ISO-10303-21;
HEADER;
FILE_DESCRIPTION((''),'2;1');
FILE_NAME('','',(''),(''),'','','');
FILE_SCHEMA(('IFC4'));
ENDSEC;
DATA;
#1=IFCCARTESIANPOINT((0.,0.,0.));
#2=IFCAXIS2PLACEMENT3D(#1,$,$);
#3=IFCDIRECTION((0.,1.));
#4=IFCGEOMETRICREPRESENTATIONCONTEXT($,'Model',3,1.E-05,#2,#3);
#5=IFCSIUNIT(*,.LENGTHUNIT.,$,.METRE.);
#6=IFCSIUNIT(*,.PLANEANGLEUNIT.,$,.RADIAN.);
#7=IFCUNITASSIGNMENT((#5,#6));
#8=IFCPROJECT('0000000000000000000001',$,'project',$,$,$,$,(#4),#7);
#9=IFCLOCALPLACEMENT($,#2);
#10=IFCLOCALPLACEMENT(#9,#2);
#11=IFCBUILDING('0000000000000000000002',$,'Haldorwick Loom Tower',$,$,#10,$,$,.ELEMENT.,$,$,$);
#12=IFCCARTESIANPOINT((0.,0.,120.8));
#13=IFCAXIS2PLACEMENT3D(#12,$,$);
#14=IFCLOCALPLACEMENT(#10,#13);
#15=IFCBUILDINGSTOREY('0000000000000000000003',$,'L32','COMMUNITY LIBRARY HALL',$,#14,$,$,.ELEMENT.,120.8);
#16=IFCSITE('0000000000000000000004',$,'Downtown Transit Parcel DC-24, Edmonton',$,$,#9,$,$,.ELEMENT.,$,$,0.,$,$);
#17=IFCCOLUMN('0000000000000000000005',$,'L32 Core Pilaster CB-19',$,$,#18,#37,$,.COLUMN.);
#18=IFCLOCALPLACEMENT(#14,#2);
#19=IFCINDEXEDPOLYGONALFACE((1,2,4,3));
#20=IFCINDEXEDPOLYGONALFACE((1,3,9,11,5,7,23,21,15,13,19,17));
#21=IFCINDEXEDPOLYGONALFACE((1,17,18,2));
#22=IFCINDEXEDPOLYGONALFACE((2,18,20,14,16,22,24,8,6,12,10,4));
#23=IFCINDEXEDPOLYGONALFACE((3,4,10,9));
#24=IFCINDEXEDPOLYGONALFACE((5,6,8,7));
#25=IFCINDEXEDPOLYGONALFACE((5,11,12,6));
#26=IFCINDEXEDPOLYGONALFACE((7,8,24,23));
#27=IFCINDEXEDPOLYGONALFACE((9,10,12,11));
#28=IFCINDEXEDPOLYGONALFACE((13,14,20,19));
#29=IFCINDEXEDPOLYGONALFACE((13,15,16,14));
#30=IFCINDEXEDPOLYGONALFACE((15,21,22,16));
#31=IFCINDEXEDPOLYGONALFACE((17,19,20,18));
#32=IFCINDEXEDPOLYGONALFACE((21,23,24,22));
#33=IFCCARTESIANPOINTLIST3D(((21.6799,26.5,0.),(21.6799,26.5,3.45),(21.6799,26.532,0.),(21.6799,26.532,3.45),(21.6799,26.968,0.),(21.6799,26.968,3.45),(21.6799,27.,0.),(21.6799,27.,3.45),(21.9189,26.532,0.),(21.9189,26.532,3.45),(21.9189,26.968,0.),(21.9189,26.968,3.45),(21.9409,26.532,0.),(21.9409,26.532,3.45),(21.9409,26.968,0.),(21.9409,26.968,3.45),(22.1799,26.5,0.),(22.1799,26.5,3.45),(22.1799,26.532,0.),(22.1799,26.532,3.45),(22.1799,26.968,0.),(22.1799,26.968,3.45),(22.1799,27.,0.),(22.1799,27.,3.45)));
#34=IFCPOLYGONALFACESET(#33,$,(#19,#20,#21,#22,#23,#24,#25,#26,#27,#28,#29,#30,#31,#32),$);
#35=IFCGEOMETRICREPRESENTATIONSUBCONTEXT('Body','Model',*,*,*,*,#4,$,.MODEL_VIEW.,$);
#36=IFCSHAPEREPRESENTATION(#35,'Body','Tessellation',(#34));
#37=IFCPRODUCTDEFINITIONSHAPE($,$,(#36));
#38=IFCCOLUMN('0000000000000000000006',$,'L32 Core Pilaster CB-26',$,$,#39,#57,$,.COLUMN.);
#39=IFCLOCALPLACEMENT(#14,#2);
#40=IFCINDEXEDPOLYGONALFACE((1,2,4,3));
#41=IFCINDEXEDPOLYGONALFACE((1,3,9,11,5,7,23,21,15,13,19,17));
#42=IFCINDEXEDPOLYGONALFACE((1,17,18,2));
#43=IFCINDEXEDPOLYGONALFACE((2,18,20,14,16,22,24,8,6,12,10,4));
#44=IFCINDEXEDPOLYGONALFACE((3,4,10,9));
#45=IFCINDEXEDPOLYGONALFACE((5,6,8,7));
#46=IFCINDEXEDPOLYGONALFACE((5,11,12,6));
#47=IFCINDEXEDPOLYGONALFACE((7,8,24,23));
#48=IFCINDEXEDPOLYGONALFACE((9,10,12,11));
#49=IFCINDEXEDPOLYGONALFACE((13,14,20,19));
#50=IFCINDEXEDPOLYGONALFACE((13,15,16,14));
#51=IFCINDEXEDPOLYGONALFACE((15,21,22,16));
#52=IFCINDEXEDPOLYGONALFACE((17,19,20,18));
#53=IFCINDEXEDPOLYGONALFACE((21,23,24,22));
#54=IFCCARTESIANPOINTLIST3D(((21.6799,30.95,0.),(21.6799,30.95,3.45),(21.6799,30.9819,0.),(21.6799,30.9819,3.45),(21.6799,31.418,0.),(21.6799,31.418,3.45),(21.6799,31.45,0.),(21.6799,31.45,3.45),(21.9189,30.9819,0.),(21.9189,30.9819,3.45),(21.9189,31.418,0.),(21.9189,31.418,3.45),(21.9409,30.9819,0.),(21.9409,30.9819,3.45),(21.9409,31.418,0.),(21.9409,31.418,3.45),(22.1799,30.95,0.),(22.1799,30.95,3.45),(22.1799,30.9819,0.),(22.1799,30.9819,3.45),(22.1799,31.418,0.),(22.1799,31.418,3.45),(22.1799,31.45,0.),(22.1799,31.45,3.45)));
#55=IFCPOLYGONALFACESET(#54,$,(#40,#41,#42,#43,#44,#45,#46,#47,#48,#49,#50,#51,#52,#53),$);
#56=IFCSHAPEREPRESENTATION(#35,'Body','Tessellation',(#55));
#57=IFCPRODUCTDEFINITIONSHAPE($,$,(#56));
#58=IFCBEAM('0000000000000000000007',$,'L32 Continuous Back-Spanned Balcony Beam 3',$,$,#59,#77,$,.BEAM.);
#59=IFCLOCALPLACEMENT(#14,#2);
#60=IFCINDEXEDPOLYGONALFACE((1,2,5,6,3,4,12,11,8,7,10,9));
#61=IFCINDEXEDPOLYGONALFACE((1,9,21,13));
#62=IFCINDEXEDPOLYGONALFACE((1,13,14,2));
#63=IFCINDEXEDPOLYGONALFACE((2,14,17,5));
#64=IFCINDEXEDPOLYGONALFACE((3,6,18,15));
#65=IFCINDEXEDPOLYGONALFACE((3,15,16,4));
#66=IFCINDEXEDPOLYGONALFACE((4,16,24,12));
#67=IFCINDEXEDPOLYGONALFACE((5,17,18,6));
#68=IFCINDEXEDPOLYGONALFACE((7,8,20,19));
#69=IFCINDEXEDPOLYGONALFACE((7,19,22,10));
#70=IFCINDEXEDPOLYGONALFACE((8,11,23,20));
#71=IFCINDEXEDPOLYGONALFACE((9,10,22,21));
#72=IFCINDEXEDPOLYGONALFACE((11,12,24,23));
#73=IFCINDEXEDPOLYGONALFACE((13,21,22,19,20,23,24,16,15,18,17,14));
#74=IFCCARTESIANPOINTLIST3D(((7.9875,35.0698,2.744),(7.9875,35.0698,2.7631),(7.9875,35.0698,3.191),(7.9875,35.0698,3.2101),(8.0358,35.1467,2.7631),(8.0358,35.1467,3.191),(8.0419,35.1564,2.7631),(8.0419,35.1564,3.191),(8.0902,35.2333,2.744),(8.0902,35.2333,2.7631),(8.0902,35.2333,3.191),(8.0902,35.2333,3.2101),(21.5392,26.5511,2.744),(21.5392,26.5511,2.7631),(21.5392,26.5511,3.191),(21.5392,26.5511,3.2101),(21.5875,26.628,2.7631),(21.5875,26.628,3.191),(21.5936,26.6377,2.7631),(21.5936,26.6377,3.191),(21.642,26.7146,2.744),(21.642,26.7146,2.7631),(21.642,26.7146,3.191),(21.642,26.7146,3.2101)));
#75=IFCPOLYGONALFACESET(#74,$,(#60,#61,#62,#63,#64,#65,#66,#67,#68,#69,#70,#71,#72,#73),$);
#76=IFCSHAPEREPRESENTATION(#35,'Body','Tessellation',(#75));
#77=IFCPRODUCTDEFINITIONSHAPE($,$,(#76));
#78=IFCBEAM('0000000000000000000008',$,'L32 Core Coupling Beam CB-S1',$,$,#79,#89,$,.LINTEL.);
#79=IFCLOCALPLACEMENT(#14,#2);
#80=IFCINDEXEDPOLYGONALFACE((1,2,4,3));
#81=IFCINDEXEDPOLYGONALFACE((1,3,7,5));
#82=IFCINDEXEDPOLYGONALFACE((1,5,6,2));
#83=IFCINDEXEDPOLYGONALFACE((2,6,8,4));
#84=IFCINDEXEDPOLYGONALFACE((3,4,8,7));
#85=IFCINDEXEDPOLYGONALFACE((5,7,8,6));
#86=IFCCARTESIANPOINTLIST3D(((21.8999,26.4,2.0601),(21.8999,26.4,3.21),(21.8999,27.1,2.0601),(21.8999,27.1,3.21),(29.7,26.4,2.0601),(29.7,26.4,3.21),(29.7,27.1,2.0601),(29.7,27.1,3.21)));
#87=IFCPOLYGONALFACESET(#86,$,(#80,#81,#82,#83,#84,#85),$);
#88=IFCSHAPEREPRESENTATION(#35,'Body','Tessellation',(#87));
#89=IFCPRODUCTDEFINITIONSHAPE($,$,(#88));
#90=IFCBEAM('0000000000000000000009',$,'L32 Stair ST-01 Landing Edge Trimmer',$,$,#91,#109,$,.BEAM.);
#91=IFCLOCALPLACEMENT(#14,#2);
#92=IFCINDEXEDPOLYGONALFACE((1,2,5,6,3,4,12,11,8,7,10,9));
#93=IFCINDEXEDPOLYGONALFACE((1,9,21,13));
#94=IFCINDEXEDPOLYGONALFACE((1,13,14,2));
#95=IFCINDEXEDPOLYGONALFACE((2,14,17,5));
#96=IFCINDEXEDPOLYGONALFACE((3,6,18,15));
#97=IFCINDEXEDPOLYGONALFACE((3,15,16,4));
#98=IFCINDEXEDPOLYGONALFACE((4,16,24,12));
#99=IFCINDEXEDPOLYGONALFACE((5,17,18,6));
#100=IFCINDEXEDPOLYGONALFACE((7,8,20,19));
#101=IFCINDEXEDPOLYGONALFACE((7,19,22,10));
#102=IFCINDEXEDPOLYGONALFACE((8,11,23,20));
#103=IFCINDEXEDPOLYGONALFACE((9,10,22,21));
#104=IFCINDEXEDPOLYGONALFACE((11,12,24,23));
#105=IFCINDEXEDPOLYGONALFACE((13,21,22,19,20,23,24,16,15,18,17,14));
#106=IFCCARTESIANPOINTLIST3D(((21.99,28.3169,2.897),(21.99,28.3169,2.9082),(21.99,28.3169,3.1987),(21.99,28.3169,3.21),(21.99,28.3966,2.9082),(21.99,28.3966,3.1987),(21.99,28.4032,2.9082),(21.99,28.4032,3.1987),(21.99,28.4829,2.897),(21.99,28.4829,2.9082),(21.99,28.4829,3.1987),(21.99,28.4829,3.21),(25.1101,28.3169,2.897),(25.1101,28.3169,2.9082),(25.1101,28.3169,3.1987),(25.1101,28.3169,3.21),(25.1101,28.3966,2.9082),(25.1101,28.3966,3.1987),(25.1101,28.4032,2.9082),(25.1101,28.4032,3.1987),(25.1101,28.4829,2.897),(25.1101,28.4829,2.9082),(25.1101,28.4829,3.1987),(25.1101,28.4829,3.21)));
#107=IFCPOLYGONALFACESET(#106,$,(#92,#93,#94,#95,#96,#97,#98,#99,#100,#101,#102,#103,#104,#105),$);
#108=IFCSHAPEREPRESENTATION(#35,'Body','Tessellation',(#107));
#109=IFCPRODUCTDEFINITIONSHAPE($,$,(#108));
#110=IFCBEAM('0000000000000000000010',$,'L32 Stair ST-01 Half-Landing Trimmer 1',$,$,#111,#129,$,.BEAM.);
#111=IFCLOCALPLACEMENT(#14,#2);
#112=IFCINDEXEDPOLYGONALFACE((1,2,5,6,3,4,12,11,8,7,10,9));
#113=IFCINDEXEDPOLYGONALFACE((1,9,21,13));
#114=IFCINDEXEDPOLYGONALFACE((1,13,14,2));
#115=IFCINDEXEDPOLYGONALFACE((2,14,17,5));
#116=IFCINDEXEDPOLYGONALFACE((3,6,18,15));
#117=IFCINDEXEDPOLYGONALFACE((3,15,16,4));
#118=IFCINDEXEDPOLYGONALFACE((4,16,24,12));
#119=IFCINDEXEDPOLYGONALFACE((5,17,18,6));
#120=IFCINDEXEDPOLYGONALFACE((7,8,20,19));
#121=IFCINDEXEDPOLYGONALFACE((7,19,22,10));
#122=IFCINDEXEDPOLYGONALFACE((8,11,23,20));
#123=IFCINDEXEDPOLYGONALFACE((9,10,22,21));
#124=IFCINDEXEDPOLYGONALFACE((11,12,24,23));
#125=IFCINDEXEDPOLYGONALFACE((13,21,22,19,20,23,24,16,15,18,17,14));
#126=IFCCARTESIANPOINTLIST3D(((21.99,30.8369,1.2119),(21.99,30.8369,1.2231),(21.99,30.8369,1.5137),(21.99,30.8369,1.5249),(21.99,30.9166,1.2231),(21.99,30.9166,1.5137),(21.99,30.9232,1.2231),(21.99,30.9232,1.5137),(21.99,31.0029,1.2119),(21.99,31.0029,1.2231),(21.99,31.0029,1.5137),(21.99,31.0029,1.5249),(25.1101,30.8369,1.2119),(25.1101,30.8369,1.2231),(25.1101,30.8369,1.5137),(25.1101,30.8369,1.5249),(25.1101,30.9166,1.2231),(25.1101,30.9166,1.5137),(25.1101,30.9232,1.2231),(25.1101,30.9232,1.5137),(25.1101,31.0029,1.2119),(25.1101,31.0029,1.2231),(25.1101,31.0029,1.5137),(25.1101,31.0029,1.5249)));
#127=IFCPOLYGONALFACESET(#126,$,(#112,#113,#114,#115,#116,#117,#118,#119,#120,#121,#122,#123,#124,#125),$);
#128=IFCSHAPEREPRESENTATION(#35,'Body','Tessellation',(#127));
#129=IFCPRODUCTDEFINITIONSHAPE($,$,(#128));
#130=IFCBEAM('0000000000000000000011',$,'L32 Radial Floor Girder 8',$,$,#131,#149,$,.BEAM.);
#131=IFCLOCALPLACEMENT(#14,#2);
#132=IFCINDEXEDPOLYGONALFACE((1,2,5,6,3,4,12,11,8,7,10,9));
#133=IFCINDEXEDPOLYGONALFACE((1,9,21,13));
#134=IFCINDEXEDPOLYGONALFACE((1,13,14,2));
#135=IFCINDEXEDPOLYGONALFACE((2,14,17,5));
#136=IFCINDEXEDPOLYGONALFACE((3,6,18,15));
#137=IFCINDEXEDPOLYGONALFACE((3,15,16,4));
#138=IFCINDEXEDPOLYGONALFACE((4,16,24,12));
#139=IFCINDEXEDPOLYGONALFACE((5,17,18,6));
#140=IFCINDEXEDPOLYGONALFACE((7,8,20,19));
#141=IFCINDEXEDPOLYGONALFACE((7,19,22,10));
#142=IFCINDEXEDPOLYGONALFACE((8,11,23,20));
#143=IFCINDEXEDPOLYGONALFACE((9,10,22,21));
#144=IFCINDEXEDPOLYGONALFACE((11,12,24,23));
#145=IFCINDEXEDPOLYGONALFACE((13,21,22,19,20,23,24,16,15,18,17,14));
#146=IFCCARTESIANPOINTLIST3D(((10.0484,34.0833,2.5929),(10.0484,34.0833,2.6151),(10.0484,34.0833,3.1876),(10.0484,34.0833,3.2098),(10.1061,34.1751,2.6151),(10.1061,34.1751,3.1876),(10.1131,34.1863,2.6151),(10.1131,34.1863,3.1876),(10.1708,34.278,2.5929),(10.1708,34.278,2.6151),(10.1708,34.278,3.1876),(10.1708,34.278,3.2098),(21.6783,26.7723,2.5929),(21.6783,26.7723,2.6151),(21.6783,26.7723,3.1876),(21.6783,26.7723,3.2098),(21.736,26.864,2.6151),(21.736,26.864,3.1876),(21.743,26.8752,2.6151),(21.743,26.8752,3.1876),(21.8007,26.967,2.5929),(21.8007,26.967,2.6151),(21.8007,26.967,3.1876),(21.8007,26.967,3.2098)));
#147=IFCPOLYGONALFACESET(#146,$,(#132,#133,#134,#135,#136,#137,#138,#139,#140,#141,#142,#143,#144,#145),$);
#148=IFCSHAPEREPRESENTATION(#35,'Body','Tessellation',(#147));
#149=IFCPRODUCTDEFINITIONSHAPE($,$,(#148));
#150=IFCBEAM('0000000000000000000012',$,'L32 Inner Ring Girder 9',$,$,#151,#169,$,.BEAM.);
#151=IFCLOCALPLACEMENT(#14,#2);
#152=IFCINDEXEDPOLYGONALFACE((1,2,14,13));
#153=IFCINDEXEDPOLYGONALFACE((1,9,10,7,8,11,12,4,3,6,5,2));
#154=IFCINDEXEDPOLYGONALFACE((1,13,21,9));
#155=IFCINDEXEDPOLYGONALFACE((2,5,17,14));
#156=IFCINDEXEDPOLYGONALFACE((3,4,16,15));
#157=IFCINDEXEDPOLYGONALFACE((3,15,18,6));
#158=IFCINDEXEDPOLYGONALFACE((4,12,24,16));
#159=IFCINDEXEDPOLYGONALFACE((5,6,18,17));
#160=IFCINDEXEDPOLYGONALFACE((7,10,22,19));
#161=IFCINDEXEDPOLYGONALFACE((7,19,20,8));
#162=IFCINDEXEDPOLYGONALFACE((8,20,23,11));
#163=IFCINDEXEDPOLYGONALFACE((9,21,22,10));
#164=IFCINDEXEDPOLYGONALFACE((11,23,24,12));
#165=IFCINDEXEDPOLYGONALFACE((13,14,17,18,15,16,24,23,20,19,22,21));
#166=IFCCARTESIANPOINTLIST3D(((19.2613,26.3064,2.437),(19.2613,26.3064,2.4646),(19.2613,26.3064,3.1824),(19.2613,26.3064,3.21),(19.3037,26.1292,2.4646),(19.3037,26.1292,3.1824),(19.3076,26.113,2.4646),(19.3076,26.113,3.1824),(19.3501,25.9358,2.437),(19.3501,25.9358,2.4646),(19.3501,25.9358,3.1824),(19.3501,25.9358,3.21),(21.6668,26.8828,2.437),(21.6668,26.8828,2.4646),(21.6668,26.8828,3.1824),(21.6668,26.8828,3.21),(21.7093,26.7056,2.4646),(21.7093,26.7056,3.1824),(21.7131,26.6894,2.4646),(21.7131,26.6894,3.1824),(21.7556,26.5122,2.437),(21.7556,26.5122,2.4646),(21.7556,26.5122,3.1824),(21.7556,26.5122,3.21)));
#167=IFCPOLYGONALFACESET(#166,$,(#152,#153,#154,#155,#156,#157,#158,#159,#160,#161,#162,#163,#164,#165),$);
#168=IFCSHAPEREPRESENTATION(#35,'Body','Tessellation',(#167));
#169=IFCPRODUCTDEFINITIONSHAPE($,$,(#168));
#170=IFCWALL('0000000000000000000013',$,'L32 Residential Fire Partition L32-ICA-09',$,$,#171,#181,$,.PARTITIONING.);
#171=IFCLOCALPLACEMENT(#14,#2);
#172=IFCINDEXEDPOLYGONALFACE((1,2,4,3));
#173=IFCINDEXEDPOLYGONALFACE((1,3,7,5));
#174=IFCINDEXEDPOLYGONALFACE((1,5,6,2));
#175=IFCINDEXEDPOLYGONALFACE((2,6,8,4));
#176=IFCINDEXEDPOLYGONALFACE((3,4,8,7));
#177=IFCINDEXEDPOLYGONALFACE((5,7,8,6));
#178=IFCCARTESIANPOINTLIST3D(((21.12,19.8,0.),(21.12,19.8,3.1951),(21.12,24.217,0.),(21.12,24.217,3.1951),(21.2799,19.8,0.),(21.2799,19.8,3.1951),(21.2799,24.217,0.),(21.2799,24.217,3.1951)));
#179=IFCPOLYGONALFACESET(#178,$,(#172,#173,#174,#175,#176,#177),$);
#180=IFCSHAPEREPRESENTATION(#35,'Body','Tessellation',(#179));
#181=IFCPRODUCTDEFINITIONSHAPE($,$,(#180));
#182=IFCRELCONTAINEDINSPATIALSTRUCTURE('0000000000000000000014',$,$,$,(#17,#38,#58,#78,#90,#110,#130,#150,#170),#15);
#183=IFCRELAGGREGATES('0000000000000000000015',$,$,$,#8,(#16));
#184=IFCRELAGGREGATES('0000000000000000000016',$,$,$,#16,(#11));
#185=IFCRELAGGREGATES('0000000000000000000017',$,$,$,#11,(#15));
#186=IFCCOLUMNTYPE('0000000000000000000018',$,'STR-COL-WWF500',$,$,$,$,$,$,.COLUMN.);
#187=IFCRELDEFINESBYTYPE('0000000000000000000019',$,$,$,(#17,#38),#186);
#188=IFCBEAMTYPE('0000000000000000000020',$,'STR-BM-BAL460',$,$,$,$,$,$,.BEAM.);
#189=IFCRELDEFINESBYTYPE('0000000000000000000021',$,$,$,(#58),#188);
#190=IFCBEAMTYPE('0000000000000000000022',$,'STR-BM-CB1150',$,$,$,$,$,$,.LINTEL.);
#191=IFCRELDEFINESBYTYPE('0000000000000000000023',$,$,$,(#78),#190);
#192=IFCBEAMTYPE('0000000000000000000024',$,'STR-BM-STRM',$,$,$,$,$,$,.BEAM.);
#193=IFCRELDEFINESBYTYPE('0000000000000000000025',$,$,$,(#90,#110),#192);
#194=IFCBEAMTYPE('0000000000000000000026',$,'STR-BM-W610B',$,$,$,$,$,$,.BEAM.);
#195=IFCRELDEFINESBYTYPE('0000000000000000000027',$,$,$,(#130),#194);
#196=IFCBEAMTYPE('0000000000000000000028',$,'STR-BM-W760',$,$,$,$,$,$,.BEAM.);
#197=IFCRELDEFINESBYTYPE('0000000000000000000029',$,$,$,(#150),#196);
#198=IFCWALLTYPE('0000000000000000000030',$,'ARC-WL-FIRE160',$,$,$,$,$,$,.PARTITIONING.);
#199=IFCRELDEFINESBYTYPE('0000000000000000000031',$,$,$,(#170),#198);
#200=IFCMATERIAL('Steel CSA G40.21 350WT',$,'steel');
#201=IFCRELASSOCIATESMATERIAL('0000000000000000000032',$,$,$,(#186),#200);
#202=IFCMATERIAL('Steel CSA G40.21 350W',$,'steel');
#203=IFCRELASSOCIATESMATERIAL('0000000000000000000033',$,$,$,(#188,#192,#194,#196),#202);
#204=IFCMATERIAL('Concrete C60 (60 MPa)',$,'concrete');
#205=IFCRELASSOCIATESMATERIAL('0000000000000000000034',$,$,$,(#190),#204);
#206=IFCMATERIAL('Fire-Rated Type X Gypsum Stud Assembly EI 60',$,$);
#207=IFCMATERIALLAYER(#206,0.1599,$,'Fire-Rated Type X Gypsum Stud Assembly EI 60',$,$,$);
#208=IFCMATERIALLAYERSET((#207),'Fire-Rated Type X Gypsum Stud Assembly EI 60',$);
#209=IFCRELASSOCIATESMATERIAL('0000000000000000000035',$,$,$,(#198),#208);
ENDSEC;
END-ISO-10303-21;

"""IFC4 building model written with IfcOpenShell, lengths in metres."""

from ifc_helpers import new_model, si_unit, direction, frame, frame_2d, origin, origin_2d, place, context, subcontext, project, spatial, rectangle, i_section, extrude, material, layer, layer_set, material_profile, profile_set, type_object, element, save


model = new_model("IFC4")

# Units and contexts
model_context = context("Model", 3, precision=1e-05, world=origin(), true_north=direction((0.0, 1.0)))
body_context = subcontext(model_context, "Body", "Model", "MODEL_VIEW")
ifc_project = project(units=[si_unit("LENGTHUNIT", "METRE"), si_unit("PLANEANGLEUNIT", "RADIAN")], contexts=[model_context])

# Site, building, storey
site_placement = place(None, origin())
site = spatial("IfcSite", under=ifc_project, at=site_placement, Name="Downtown Transit Parcel DC-24, Edmonton", CompositionType="ELEMENT", RefElevation=0.0)
building_placement = place(site_placement, origin())
building = spatial("IfcBuilding", under=site, at=building_placement, Name="Haldorwick Loom Tower", CompositionType="ELEMENT")
storey_placement = place(building_placement, frame((0.0, 0.0, 120.8)))
storey = spatial("IfcBuildingStorey", under=building, at=storey_placement, Name="L32", Description="COMMUNITY LIBRARY HALL", CompositionType="ELEMENT", Elevation=120.8)

# Columns
ifc_material_1 = material(Name="Steel CSA G40.21 350WT", Category="steel")
ifc_material_profile_1 = material_profile(ifc_material_1, i_section(OverallWidth=0.5, OverallDepth=0.5, WebThickness=0.022, FlangeThickness=0.032, at=origin_2d()), Name="WWF500X500", Category="steel")
ifc_profile_set_1 = profile_set([ifc_material_profile_1], Name="Steel CSA G40.21 350WT")
column_type = type_object("IfcColumnType", Name="STR-COL-WWF500", PredefinedType="COLUMN", material=ifc_profile_set_1)
for number, where, z_axis, x_axis, name in (
    (1, (21.9299, 26.75, 0.0), (0.0, 0.0, 1.0), (1.0, 0.0, 0.0), "L32 Core Pilaster CB-19"),
    (2, (21.9299, 31.2, 0.0), (0.0, 0.0, 1.0), (1.0, 0.0, 0.0), "L32 Core Pilaster CB-26"),
):
    element("IfcColumn", number, at=place(storey_placement, frame(where, z_axis=z_axis, x_axis=x_axis)), inside=storey, type_object=column_type, Name=name, PredefinedType="COLUMN", context=body_context, shape_type="SweptSolid", body=[
        extrude(i_section(OverallWidth=0.5, OverallDepth=0.5, WebThickness=0.022, FlangeThickness=0.032, at=origin_2d()), origin(), (0.0, 0.0, 1.0), 3.45),
    ])

# Beams
ifc_material_2 = material(Name="Steel CSA G40.21 350W", Category="steel")
ifc_material_profile_2 = material_profile(ifc_material_2, i_section(OverallWidth=0.1931, OverallDepth=0.4661, WebThickness=0.0115, FlangeThickness=0.019, at=origin_2d()), Name="W460X97", Category="steel")
ifc_profile_set_2 = profile_set([ifc_material_profile_2], Name="Steel CSA G40.21 350W")
beam_type_1 = type_object("IfcBeamType", Name="STR-BM-BAL460", PredefinedType="BEAM", material=ifc_profile_set_2)
beam_1_placement = place(storey_placement, frame((21.5906, 26.6328, 2.9771), z_axis=(-0.846621, 0.532196, 0.0), x_axis=(-0.532196, -0.846621, 0.0)))
element("IfcBeam", 3, at=beam_1_placement, inside=storey, type_object=beam_type_1, Name="L32 Continuous Back-Spanned Balcony Beam 3", PredefinedType="BEAM", context=body_context, shape_type="SweptSolid", body=[
    extrude(i_section(OverallWidth=0.1931, OverallDepth=0.4661, WebThickness=0.0115, FlangeThickness=0.019, at=origin_2d()), origin(), (0.0, 0.0, 1.0), 16.0068),
])
ifc_material_3 = material(Name="Concrete C60 (60 MPa)", Category="concrete")
ifc_material_profile_3 = material_profile(ifc_material_3, rectangle(XDim=0.7, YDim=1.1499, at=origin_2d()), Name="RC700X1150", Category="concrete")
ifc_profile_set_3 = profile_set([ifc_material_profile_3], Name="Concrete C60 (60 MPa)")
beam_type_2 = type_object("IfcBeamType", Name="STR-BM-CB1150", PredefinedType="LINTEL", material=ifc_profile_set_3)
beam_2_placement = place(storey_placement, frame((21.8999, 26.75, 2.635), z_axis=(1.0, 0.0, 0.0), x_axis=(0.0, 1.0, 0.0)))
element("IfcBeam", 4, at=beam_2_placement, inside=storey, type_object=beam_type_2, Name="L32 Core Coupling Beam CB-S1", PredefinedType="LINTEL", context=body_context, shape_type="SweptSolid", body=[
    extrude(rectangle(XDim=0.7, YDim=1.1499, at=origin_2d()), origin(), (0.0, 0.0, 1.0), 7.8),
])
ifc_material_profile_4 = material_profile(ifc_material_2, i_section(OverallWidth=0.166, OverallDepth=0.313, WebThickness=0.0066, FlangeThickness=0.0112, at=origin_2d()), Name="W310X45", Category="steel")
ifc_profile_set_4 = profile_set([ifc_material_profile_4], Name="Steel CSA G40.21 350W")
beam_type_3 = type_object("IfcBeamType", Name="STR-BM-STRM", PredefinedType="BEAM", material=ifc_profile_set_4)
for number, where, z_axis, x_axis, name in (
    (5, (21.99, 28.3999, 3.0535), (1.0, 0.0, 0.0), (0.0, 1.0, 0.0), "L32 Stair ST-01 Landing Edge Trimmer"),
    (6, (21.99, 30.9199, 1.3684), (1.0, 0.0, 0.0), (0.0, 1.0, 0.0), "L32 Stair ST-01 Half-Landing Trimmer 1"),
):
    element("IfcBeam", number, at=place(storey_placement, frame(where, z_axis=z_axis, x_axis=x_axis)), inside=storey, type_object=beam_type_3, Name=name, PredefinedType="BEAM", context=body_context, shape_type="SweptSolid", body=[
        extrude(i_section(OverallWidth=0.166, OverallDepth=0.313, WebThickness=0.0066, FlangeThickness=0.0112, at=origin_2d()), origin(), (0.0, 0.0, 1.0), 3.1201),
    ])
ifc_material_profile_5 = material_profile(ifc_material_2, i_section(OverallWidth=0.23, OverallDepth=0.6169, WebThickness=0.0132, FlangeThickness=0.0222, at=origin_2d()), Name="W610X140", Category="steel")
ifc_profile_set_5 = profile_set([ifc_material_profile_5], Name="Steel CSA G40.21 350W")
beam_type_4 = type_object("IfcBeamType", Name="STR-BM-W610B", PredefinedType="BEAM", material=ifc_profile_set_5)
beam_3_placement = place(storey_placement, frame((21.7395, 26.8696, 2.9014), z_axis=(-0.84661, 0.532214, 0.0), x_axis=(-0.532214, -0.84661, 0.0)))
element("IfcBeam", 7, at=beam_3_placement, inside=storey, type_object=beam_type_4, Name="L32 Radial Floor Girder 8", PredefinedType="BEAM", context=body_context, shape_type="SweptSolid", body=[
    extrude(i_section(OverallWidth=0.23, OverallDepth=0.6169, WebThickness=0.0132, FlangeThickness=0.0222, at=origin_2d()), origin(), (0.0, 0.0, 1.0), 13.7371),
])
ifc_material_profile_6 = material_profile(ifc_material_2, i_section(OverallWidth=0.3811, OverallDepth=0.7729, WebThickness=0.0166, FlangeThickness=0.0276, at=origin_2d()), Name="W760X257", Category="steel")
ifc_profile_set_6 = profile_set([ifc_material_profile_6], Name="Steel CSA G40.21 350W")
beam_type_5 = type_object("IfcBeamType", Name="STR-BM-W760", PredefinedType="BEAM", material=ifc_profile_set_6)
beam_4_placement = place(storey_placement, frame((19.3057, 26.1211, 2.8235), z_axis=(0.972471, 0.233026, 0.0), x_axis=(-0.233026, 0.972471, 0.0)))
element("IfcBeam", 8, at=beam_4_placement, inside=storey, type_object=beam_type_5, Name="L32 Inner Ring Girder 9", PredefinedType="BEAM", context=body_context, shape_type="SweptSolid", body=[
    extrude(i_section(OverallWidth=0.3811, OverallDepth=0.7729, WebThickness=0.0166, FlangeThickness=0.0276, at=origin_2d()), origin(), (0.0, 0.0, 1.0), 2.4736),
])

# Wall
ifc_material_4 = material(Name="Fire-Rated Type X Gypsum Stud Assembly EI 60")
ifc_layer_1 = layer(ifc_material_4, 0.1599, Name="Fire-Rated Type X Gypsum Stud Assembly EI 60")
ifc_layer_set_1 = layer_set([ifc_layer_1], Name="Fire-Rated Type X Gypsum Stud Assembly EI 60")
wall_type_1 = type_object("IfcWallType", Name="ARC-WL-FIRE160", PredefinedType="PARTITIONING", material=ifc_layer_set_1)
wall_1_placement = place(storey_placement, frame((21.2, 24.217, 0.0), z_axis=(0.0, 0.0, 1.0), x_axis=(0.0, -1.0, 0.0)))
element("IfcWall", 9, at=wall_1_placement, inside=storey, type_object=wall_type_1, Name="L32 Residential Fire Partition L32-ICA-09", PredefinedType="PARTITIONING", context=body_context, shape_type="SweptSolid", body=[
    extrude(rectangle(XDim=4.417, YDim=0.1599, at=frame_2d((2.2085, 0.0))), origin(), (0.0, 0.0, 1.0), 3.1951),
])

save(model, "model.ifc")
